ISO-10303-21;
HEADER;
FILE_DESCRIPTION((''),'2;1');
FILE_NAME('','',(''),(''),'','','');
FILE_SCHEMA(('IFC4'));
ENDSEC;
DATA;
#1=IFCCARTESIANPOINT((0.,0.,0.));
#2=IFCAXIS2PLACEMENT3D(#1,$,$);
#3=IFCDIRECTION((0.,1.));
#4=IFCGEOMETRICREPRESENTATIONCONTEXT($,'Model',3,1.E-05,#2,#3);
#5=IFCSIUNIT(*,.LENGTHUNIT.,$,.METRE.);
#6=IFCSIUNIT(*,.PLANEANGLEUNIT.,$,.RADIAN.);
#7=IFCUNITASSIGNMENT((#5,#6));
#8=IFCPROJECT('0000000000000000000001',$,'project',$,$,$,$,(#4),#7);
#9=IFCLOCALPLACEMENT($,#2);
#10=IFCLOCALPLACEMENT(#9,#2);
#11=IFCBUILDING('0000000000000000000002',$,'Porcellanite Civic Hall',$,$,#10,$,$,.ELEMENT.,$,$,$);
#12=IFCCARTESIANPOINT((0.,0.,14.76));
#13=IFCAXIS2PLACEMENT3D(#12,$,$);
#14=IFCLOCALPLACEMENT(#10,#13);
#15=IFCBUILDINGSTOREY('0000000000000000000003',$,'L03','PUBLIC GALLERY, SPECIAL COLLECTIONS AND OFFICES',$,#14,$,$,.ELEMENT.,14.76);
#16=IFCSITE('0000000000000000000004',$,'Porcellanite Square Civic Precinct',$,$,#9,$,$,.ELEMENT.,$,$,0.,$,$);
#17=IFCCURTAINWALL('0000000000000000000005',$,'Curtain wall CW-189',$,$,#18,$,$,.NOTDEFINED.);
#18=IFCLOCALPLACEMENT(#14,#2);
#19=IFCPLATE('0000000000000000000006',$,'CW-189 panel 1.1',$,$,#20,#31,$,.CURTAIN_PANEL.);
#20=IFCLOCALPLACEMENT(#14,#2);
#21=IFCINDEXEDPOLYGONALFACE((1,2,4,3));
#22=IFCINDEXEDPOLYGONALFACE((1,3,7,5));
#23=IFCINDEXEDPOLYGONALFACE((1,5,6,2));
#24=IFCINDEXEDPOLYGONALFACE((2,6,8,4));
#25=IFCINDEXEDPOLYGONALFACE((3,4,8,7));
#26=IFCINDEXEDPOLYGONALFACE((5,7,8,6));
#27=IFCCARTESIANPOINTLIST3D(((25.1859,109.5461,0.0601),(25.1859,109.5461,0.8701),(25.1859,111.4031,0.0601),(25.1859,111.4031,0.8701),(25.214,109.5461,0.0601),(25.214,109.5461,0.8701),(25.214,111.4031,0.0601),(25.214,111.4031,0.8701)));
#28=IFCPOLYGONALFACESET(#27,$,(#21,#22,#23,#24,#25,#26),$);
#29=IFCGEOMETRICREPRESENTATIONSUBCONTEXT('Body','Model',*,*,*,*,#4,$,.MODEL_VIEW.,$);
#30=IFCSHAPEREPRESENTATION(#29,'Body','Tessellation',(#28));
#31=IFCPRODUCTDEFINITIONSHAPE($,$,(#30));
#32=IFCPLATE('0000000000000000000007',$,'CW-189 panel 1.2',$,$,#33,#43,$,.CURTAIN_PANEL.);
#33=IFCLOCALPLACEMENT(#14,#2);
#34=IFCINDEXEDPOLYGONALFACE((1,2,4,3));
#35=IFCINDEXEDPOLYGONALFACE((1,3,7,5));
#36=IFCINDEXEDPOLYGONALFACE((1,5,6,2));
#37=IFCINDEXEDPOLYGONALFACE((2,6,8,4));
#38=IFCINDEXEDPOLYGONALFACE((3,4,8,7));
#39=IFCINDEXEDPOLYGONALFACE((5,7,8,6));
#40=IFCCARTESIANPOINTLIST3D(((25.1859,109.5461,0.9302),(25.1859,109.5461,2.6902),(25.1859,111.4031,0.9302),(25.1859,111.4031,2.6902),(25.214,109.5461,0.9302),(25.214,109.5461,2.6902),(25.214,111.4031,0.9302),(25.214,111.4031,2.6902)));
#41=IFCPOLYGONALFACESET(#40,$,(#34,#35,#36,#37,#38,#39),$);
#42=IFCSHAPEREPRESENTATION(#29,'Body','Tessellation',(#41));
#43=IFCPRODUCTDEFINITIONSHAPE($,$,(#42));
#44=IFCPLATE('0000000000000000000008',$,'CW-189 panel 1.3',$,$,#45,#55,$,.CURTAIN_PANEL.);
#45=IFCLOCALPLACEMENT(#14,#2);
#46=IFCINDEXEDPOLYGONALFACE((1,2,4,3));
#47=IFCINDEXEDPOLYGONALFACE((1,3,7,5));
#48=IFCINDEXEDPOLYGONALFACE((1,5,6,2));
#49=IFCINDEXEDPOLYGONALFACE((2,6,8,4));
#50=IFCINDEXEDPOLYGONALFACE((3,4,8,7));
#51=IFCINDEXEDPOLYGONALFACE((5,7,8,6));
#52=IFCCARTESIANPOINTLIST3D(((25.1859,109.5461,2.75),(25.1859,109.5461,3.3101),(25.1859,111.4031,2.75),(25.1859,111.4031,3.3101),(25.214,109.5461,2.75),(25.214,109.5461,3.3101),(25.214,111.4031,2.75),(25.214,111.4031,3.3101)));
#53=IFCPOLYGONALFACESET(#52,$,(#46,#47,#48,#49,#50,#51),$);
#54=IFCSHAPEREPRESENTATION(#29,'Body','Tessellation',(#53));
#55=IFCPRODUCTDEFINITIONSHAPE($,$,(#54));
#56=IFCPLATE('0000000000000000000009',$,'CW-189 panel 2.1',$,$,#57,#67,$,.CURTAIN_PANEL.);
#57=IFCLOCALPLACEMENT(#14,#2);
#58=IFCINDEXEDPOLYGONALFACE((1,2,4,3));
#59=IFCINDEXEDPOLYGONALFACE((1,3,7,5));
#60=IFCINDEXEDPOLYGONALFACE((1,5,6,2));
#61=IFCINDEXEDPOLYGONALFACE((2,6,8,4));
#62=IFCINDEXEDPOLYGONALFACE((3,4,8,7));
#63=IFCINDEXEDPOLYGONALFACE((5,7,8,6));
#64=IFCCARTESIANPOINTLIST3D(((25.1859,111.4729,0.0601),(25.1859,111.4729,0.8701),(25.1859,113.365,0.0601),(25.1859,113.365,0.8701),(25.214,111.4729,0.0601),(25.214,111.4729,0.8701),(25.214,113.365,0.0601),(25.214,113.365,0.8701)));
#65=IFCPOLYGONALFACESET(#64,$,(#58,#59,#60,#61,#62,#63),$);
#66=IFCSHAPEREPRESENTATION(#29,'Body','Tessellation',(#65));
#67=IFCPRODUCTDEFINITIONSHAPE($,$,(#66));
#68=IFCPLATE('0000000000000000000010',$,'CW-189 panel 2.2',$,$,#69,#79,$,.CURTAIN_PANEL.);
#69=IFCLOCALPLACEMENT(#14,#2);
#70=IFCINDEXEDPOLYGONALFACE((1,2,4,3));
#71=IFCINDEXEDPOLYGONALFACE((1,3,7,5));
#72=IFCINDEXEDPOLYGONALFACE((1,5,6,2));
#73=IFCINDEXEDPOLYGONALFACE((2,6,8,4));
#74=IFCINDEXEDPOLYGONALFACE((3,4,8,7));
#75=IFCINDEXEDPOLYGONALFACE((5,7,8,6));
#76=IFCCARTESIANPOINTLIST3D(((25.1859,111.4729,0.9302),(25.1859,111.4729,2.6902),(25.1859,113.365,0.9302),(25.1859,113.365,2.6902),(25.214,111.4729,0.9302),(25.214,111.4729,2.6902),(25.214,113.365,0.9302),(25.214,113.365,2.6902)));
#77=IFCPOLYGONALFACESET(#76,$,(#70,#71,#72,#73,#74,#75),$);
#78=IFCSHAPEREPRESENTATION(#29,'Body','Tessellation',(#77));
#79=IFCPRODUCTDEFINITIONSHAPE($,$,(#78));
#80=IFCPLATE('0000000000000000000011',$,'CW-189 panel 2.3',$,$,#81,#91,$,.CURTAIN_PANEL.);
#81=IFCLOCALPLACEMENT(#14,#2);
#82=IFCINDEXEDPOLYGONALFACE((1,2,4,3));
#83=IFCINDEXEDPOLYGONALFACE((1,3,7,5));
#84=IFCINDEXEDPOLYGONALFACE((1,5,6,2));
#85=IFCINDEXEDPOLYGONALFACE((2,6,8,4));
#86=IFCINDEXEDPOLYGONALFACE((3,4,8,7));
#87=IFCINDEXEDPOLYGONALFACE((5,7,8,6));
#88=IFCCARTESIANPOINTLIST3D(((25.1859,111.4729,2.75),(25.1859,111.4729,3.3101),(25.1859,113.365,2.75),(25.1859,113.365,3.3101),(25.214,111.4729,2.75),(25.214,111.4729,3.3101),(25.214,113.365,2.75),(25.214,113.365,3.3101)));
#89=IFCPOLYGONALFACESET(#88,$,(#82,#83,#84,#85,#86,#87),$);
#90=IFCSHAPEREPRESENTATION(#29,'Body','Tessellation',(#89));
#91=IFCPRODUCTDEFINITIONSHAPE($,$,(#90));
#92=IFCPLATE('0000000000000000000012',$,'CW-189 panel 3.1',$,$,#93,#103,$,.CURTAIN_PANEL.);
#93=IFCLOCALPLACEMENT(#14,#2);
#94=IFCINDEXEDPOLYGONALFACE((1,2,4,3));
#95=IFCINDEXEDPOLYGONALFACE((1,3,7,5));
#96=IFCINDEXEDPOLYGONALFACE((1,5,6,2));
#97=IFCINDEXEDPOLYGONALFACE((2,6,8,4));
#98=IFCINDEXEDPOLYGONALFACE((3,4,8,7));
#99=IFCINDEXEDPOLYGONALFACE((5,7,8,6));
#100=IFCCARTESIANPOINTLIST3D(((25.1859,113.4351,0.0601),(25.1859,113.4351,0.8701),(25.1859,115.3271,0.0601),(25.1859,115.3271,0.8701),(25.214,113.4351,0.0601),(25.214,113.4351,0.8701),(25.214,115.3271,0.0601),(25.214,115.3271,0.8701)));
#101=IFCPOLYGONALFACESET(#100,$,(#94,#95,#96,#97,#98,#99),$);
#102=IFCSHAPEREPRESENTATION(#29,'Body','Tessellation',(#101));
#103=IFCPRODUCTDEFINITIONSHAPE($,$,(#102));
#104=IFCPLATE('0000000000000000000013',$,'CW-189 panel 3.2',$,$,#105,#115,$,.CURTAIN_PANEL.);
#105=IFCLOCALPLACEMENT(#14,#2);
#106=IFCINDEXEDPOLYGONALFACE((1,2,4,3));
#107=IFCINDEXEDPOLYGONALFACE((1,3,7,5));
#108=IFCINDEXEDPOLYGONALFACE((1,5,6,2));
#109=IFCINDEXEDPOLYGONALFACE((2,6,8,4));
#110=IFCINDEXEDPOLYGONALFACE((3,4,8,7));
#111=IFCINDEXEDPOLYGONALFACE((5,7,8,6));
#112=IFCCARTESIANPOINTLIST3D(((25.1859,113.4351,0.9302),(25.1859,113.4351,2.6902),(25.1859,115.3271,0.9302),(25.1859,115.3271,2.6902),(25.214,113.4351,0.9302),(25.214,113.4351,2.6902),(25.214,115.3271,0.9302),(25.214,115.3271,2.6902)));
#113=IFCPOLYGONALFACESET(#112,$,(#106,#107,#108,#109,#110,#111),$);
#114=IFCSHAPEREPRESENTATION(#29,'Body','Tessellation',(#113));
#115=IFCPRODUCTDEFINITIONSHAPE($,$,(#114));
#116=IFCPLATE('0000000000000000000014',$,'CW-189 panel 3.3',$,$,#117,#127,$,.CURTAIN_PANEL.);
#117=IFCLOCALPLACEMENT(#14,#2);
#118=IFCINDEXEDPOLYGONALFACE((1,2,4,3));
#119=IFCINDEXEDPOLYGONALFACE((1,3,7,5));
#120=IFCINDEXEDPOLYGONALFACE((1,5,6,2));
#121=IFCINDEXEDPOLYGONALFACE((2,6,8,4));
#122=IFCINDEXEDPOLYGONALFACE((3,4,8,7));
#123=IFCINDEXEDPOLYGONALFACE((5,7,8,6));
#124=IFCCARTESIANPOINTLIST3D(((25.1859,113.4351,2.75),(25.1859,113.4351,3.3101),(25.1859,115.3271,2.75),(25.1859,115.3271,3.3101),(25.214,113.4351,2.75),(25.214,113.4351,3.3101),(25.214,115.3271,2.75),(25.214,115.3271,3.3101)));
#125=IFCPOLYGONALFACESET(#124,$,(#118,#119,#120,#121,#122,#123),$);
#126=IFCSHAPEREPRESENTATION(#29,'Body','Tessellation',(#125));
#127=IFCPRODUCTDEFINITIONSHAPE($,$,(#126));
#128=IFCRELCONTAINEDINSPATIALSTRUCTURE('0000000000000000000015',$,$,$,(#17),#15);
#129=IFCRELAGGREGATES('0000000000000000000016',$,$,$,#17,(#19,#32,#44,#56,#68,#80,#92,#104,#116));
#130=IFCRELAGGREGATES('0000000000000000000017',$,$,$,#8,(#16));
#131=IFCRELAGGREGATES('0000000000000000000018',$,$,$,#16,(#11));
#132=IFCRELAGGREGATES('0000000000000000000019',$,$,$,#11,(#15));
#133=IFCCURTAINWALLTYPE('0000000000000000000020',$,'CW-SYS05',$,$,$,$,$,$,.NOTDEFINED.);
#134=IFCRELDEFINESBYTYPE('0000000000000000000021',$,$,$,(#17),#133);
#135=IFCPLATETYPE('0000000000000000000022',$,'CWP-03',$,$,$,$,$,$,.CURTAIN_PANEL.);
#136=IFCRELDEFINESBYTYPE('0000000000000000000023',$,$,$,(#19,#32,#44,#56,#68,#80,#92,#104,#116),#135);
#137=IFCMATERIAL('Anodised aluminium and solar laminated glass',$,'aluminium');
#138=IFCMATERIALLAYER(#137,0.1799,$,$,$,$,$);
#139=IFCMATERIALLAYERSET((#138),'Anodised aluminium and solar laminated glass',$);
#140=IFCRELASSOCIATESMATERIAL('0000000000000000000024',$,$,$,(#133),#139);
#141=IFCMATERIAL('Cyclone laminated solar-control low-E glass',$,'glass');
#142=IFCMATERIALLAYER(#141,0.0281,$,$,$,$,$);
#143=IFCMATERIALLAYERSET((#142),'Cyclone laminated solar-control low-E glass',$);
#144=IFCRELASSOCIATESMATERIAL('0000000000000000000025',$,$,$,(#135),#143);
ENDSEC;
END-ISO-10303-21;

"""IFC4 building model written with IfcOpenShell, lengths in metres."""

from ifc_helpers import new_model, si_unit, direction, frame, origin, origin_2d, place, context, subcontext, project, spatial, rectangle, extrude, material, layer, layer_set, type_object, element, aggregate, save


model = new_model("IFC4")

# Units and contexts
model_context = context("Model", 3, precision=1e-05, world=origin(), true_north=direction((0.0, 1.0)))
body_context = subcontext(model_context, "Body", "Model", "MODEL_VIEW")
ifc_project = project(units=[si_unit("LENGTHUNIT", "METRE"), si_unit("PLANEANGLEUNIT", "RADIAN")], contexts=[model_context])

# Site, building, storey
site_placement = place(None, origin())
site = spatial("IfcSite", under=ifc_project, at=site_placement, Name="Porcellanite Square Civic Precinct", CompositionType="ELEMENT", RefElevation=0.0)
building_placement = place(site_placement, origin())
building = spatial("IfcBuilding", under=site, at=building_placement, Name="Porcellanite Civic Hall", CompositionType="ELEMENT")
storey_placement = place(building_placement, frame((0.0, 0.0, 14.76)))
storey = spatial("IfcBuildingStorey", under=building, at=storey_placement, Name="L03", Description="PUBLIC GALLERY, SPECIAL COLLECTIONS AND OFFICES", CompositionType="ELEMENT", Elevation=14.76)

# Curtain wall, plates
ifc_material_1 = material(Name="Anodised aluminium and solar laminated glass", Category="aluminium")
ifc_layer_1 = layer(ifc_material_1, 0.1799)
ifc_layer_set_1 = layer_set([ifc_layer_1], Name="Anodised aluminium and solar laminated glass")
curtain_wall_type = type_object("IfcCurtainWallType", Name="CW-SYS05", PredefinedType="NOTDEFINED", material=ifc_layer_set_1)
curtain_wall_placement = place(storey_placement, origin())
curtain_wall = element("IfcCurtainWall", 1, at=curtain_wall_placement, inside=storey, type_object=curtain_wall_type, Name="Curtain wall CW-189", PredefinedType="NOTDEFINED")
ifc_material_2 = material(Name="Cyclone laminated solar-control low-E glass", Category="glass")
ifc_layer_2 = layer(ifc_material_2, 0.0281)
ifc_layer_set_2 = layer_set([ifc_layer_2], Name="Cyclone laminated solar-control low-E glass")
plate_type = type_object("IfcPlateType", Name="CWP-03", PredefinedType="CURTAIN_PANEL", material=ifc_layer_set_2)
plate_1_placement = place(storey_placement, frame((25.2, 110.4746, 0.0601), z_axis=(0.0, 0.0, 1.0), x_axis=(0.0, 1.0, 0.0)))
plate_1 = element("IfcPlate", 2, at=plate_1_placement, type_object=plate_type, Name="CW-189 panel 1.1", PredefinedType="CURTAIN_PANEL", context=body_context, shape_type="SweptSolid", body=[
    extrude(rectangle(XDim=1.8569, YDim=0.0281, at=origin_2d()), origin(), (0.0, 0.0, 1.0), 0.8101),
])
plate_2_placement = place(storey_placement, frame((25.2, 110.4746, 0.9302), z_axis=(0.0, 0.0, 1.0), x_axis=(0.0, 1.0, 0.0)))
plate_2 = element("IfcPlate", 3, at=plate_2_placement, type_object=plate_type, Name="CW-189 panel 1.2", PredefinedType="CURTAIN_PANEL", context=body_context, shape_type="SweptSolid", body=[
    extrude(rectangle(XDim=1.8569, YDim=0.0281, at=origin_2d()), origin(), (0.0, 0.0, 1.0), 1.76),
])
plate_3_placement = place(storey_placement, frame((25.2, 110.4746, 2.75), z_axis=(0.0, 0.0, 1.0), x_axis=(0.0, 1.0, 0.0)))
plate_3 = element("IfcPlate", 4, at=plate_3_placement, type_object=plate_type, Name="CW-189 panel 1.3", PredefinedType="CURTAIN_PANEL", context=body_context, shape_type="SweptSolid", body=[
    extrude(rectangle(XDim=1.8569, YDim=0.0281, at=origin_2d()), origin(), (0.0, 0.0, 1.0), 0.5601),
])
plate_4_placement = place(storey_placement, frame((25.2, 112.4189, 0.0601), z_axis=(0.0, 0.0, 1.0), x_axis=(0.0, 1.0, 0.0)))
plate_4 = element("IfcPlate", 5, at=plate_4_placement, type_object=plate_type, Name="CW-189 panel 2.1", PredefinedType="CURTAIN_PANEL", context=body_context, shape_type="SweptSolid", body=[
    extrude(rectangle(XDim=1.8921, YDim=0.0281, at=origin_2d()), origin(), (0.0, 0.0, 1.0), 0.8101),
])
plate_5_placement = place(storey_placement, frame((25.2, 112.4189, 0.9302), z_axis=(0.0, 0.0, 1.0), x_axis=(0.0, 1.0, 0.0)))
plate_5 = element("IfcPlate", 6, at=plate_5_placement, type_object=plate_type, Name="CW-189 panel 2.2", PredefinedType="CURTAIN_PANEL", context=body_context, shape_type="SweptSolid", body=[
    extrude(rectangle(XDim=1.8921, YDim=0.0281, at=origin_2d()), origin(), (0.0, 0.0, 1.0), 1.76),
])
plate_6_placement = place(storey_placement, frame((25.2, 112.4189, 2.75), z_axis=(0.0, 0.0, 1.0), x_axis=(0.0, 1.0, 0.0)))
plate_6 = element("IfcPlate", 7, at=plate_6_placement, type_object=plate_type, Name="CW-189 panel 2.3", PredefinedType="CURTAIN_PANEL", context=body_context, shape_type="SweptSolid", body=[
    extrude(rectangle(XDim=1.8921, YDim=0.0281, at=origin_2d()), origin(), (0.0, 0.0, 1.0), 0.5601),
])
plate_7_placement = place(storey_placement, frame((25.2, 114.3811, 0.0601), z_axis=(0.0, 0.0, 1.0), x_axis=(0.0, 1.0, 0.0)))
plate_7 = element("IfcPlate", 8, at=plate_7_placement, type_object=plate_type, Name="CW-189 panel 3.1", PredefinedType="CURTAIN_PANEL", context=body_context, shape_type="SweptSolid", body=[
    extrude(rectangle(XDim=1.8921, YDim=0.0281, at=origin_2d()), origin(), (0.0, 0.0, 1.0), 0.8101),
])
plate_8_placement = place(storey_placement, frame((25.2, 114.3811, 0.9302), z_axis=(0.0, 0.0, 1.0), x_axis=(0.0, 1.0, 0.0)))
plate_8 = element("IfcPlate", 9, at=plate_8_placement, type_object=plate_type, Name="CW-189 panel 3.2", PredefinedType="CURTAIN_PANEL", context=body_context, shape_type="SweptSolid", body=[
    extrude(rectangle(XDim=1.8921, YDim=0.0281, at=origin_2d()), origin(), (0.0, 0.0, 1.0), 1.76),
])
plate_9_placement = place(storey_placement, frame((25.2, 114.3811, 2.75), z_axis=(0.0, 0.0, 1.0), x_axis=(0.0, 1.0, 0.0)))
plate_9 = element("IfcPlate", 10, at=plate_9_placement, type_object=plate_type, Name="CW-189 panel 3.3", PredefinedType="CURTAIN_PANEL", context=body_context, shape_type="SweptSolid", body=[
    extrude(rectangle(XDim=1.8921, YDim=0.0281, at=origin_2d()), origin(), (0.0, 0.0, 1.0), 0.5601),
])
aggregate(curtain_wall, [plate_1, plate_2, plate_3, plate_4, plate_5, plate_6, plate_7, plate_8, plate_9])

save(model, "model.ifc")
